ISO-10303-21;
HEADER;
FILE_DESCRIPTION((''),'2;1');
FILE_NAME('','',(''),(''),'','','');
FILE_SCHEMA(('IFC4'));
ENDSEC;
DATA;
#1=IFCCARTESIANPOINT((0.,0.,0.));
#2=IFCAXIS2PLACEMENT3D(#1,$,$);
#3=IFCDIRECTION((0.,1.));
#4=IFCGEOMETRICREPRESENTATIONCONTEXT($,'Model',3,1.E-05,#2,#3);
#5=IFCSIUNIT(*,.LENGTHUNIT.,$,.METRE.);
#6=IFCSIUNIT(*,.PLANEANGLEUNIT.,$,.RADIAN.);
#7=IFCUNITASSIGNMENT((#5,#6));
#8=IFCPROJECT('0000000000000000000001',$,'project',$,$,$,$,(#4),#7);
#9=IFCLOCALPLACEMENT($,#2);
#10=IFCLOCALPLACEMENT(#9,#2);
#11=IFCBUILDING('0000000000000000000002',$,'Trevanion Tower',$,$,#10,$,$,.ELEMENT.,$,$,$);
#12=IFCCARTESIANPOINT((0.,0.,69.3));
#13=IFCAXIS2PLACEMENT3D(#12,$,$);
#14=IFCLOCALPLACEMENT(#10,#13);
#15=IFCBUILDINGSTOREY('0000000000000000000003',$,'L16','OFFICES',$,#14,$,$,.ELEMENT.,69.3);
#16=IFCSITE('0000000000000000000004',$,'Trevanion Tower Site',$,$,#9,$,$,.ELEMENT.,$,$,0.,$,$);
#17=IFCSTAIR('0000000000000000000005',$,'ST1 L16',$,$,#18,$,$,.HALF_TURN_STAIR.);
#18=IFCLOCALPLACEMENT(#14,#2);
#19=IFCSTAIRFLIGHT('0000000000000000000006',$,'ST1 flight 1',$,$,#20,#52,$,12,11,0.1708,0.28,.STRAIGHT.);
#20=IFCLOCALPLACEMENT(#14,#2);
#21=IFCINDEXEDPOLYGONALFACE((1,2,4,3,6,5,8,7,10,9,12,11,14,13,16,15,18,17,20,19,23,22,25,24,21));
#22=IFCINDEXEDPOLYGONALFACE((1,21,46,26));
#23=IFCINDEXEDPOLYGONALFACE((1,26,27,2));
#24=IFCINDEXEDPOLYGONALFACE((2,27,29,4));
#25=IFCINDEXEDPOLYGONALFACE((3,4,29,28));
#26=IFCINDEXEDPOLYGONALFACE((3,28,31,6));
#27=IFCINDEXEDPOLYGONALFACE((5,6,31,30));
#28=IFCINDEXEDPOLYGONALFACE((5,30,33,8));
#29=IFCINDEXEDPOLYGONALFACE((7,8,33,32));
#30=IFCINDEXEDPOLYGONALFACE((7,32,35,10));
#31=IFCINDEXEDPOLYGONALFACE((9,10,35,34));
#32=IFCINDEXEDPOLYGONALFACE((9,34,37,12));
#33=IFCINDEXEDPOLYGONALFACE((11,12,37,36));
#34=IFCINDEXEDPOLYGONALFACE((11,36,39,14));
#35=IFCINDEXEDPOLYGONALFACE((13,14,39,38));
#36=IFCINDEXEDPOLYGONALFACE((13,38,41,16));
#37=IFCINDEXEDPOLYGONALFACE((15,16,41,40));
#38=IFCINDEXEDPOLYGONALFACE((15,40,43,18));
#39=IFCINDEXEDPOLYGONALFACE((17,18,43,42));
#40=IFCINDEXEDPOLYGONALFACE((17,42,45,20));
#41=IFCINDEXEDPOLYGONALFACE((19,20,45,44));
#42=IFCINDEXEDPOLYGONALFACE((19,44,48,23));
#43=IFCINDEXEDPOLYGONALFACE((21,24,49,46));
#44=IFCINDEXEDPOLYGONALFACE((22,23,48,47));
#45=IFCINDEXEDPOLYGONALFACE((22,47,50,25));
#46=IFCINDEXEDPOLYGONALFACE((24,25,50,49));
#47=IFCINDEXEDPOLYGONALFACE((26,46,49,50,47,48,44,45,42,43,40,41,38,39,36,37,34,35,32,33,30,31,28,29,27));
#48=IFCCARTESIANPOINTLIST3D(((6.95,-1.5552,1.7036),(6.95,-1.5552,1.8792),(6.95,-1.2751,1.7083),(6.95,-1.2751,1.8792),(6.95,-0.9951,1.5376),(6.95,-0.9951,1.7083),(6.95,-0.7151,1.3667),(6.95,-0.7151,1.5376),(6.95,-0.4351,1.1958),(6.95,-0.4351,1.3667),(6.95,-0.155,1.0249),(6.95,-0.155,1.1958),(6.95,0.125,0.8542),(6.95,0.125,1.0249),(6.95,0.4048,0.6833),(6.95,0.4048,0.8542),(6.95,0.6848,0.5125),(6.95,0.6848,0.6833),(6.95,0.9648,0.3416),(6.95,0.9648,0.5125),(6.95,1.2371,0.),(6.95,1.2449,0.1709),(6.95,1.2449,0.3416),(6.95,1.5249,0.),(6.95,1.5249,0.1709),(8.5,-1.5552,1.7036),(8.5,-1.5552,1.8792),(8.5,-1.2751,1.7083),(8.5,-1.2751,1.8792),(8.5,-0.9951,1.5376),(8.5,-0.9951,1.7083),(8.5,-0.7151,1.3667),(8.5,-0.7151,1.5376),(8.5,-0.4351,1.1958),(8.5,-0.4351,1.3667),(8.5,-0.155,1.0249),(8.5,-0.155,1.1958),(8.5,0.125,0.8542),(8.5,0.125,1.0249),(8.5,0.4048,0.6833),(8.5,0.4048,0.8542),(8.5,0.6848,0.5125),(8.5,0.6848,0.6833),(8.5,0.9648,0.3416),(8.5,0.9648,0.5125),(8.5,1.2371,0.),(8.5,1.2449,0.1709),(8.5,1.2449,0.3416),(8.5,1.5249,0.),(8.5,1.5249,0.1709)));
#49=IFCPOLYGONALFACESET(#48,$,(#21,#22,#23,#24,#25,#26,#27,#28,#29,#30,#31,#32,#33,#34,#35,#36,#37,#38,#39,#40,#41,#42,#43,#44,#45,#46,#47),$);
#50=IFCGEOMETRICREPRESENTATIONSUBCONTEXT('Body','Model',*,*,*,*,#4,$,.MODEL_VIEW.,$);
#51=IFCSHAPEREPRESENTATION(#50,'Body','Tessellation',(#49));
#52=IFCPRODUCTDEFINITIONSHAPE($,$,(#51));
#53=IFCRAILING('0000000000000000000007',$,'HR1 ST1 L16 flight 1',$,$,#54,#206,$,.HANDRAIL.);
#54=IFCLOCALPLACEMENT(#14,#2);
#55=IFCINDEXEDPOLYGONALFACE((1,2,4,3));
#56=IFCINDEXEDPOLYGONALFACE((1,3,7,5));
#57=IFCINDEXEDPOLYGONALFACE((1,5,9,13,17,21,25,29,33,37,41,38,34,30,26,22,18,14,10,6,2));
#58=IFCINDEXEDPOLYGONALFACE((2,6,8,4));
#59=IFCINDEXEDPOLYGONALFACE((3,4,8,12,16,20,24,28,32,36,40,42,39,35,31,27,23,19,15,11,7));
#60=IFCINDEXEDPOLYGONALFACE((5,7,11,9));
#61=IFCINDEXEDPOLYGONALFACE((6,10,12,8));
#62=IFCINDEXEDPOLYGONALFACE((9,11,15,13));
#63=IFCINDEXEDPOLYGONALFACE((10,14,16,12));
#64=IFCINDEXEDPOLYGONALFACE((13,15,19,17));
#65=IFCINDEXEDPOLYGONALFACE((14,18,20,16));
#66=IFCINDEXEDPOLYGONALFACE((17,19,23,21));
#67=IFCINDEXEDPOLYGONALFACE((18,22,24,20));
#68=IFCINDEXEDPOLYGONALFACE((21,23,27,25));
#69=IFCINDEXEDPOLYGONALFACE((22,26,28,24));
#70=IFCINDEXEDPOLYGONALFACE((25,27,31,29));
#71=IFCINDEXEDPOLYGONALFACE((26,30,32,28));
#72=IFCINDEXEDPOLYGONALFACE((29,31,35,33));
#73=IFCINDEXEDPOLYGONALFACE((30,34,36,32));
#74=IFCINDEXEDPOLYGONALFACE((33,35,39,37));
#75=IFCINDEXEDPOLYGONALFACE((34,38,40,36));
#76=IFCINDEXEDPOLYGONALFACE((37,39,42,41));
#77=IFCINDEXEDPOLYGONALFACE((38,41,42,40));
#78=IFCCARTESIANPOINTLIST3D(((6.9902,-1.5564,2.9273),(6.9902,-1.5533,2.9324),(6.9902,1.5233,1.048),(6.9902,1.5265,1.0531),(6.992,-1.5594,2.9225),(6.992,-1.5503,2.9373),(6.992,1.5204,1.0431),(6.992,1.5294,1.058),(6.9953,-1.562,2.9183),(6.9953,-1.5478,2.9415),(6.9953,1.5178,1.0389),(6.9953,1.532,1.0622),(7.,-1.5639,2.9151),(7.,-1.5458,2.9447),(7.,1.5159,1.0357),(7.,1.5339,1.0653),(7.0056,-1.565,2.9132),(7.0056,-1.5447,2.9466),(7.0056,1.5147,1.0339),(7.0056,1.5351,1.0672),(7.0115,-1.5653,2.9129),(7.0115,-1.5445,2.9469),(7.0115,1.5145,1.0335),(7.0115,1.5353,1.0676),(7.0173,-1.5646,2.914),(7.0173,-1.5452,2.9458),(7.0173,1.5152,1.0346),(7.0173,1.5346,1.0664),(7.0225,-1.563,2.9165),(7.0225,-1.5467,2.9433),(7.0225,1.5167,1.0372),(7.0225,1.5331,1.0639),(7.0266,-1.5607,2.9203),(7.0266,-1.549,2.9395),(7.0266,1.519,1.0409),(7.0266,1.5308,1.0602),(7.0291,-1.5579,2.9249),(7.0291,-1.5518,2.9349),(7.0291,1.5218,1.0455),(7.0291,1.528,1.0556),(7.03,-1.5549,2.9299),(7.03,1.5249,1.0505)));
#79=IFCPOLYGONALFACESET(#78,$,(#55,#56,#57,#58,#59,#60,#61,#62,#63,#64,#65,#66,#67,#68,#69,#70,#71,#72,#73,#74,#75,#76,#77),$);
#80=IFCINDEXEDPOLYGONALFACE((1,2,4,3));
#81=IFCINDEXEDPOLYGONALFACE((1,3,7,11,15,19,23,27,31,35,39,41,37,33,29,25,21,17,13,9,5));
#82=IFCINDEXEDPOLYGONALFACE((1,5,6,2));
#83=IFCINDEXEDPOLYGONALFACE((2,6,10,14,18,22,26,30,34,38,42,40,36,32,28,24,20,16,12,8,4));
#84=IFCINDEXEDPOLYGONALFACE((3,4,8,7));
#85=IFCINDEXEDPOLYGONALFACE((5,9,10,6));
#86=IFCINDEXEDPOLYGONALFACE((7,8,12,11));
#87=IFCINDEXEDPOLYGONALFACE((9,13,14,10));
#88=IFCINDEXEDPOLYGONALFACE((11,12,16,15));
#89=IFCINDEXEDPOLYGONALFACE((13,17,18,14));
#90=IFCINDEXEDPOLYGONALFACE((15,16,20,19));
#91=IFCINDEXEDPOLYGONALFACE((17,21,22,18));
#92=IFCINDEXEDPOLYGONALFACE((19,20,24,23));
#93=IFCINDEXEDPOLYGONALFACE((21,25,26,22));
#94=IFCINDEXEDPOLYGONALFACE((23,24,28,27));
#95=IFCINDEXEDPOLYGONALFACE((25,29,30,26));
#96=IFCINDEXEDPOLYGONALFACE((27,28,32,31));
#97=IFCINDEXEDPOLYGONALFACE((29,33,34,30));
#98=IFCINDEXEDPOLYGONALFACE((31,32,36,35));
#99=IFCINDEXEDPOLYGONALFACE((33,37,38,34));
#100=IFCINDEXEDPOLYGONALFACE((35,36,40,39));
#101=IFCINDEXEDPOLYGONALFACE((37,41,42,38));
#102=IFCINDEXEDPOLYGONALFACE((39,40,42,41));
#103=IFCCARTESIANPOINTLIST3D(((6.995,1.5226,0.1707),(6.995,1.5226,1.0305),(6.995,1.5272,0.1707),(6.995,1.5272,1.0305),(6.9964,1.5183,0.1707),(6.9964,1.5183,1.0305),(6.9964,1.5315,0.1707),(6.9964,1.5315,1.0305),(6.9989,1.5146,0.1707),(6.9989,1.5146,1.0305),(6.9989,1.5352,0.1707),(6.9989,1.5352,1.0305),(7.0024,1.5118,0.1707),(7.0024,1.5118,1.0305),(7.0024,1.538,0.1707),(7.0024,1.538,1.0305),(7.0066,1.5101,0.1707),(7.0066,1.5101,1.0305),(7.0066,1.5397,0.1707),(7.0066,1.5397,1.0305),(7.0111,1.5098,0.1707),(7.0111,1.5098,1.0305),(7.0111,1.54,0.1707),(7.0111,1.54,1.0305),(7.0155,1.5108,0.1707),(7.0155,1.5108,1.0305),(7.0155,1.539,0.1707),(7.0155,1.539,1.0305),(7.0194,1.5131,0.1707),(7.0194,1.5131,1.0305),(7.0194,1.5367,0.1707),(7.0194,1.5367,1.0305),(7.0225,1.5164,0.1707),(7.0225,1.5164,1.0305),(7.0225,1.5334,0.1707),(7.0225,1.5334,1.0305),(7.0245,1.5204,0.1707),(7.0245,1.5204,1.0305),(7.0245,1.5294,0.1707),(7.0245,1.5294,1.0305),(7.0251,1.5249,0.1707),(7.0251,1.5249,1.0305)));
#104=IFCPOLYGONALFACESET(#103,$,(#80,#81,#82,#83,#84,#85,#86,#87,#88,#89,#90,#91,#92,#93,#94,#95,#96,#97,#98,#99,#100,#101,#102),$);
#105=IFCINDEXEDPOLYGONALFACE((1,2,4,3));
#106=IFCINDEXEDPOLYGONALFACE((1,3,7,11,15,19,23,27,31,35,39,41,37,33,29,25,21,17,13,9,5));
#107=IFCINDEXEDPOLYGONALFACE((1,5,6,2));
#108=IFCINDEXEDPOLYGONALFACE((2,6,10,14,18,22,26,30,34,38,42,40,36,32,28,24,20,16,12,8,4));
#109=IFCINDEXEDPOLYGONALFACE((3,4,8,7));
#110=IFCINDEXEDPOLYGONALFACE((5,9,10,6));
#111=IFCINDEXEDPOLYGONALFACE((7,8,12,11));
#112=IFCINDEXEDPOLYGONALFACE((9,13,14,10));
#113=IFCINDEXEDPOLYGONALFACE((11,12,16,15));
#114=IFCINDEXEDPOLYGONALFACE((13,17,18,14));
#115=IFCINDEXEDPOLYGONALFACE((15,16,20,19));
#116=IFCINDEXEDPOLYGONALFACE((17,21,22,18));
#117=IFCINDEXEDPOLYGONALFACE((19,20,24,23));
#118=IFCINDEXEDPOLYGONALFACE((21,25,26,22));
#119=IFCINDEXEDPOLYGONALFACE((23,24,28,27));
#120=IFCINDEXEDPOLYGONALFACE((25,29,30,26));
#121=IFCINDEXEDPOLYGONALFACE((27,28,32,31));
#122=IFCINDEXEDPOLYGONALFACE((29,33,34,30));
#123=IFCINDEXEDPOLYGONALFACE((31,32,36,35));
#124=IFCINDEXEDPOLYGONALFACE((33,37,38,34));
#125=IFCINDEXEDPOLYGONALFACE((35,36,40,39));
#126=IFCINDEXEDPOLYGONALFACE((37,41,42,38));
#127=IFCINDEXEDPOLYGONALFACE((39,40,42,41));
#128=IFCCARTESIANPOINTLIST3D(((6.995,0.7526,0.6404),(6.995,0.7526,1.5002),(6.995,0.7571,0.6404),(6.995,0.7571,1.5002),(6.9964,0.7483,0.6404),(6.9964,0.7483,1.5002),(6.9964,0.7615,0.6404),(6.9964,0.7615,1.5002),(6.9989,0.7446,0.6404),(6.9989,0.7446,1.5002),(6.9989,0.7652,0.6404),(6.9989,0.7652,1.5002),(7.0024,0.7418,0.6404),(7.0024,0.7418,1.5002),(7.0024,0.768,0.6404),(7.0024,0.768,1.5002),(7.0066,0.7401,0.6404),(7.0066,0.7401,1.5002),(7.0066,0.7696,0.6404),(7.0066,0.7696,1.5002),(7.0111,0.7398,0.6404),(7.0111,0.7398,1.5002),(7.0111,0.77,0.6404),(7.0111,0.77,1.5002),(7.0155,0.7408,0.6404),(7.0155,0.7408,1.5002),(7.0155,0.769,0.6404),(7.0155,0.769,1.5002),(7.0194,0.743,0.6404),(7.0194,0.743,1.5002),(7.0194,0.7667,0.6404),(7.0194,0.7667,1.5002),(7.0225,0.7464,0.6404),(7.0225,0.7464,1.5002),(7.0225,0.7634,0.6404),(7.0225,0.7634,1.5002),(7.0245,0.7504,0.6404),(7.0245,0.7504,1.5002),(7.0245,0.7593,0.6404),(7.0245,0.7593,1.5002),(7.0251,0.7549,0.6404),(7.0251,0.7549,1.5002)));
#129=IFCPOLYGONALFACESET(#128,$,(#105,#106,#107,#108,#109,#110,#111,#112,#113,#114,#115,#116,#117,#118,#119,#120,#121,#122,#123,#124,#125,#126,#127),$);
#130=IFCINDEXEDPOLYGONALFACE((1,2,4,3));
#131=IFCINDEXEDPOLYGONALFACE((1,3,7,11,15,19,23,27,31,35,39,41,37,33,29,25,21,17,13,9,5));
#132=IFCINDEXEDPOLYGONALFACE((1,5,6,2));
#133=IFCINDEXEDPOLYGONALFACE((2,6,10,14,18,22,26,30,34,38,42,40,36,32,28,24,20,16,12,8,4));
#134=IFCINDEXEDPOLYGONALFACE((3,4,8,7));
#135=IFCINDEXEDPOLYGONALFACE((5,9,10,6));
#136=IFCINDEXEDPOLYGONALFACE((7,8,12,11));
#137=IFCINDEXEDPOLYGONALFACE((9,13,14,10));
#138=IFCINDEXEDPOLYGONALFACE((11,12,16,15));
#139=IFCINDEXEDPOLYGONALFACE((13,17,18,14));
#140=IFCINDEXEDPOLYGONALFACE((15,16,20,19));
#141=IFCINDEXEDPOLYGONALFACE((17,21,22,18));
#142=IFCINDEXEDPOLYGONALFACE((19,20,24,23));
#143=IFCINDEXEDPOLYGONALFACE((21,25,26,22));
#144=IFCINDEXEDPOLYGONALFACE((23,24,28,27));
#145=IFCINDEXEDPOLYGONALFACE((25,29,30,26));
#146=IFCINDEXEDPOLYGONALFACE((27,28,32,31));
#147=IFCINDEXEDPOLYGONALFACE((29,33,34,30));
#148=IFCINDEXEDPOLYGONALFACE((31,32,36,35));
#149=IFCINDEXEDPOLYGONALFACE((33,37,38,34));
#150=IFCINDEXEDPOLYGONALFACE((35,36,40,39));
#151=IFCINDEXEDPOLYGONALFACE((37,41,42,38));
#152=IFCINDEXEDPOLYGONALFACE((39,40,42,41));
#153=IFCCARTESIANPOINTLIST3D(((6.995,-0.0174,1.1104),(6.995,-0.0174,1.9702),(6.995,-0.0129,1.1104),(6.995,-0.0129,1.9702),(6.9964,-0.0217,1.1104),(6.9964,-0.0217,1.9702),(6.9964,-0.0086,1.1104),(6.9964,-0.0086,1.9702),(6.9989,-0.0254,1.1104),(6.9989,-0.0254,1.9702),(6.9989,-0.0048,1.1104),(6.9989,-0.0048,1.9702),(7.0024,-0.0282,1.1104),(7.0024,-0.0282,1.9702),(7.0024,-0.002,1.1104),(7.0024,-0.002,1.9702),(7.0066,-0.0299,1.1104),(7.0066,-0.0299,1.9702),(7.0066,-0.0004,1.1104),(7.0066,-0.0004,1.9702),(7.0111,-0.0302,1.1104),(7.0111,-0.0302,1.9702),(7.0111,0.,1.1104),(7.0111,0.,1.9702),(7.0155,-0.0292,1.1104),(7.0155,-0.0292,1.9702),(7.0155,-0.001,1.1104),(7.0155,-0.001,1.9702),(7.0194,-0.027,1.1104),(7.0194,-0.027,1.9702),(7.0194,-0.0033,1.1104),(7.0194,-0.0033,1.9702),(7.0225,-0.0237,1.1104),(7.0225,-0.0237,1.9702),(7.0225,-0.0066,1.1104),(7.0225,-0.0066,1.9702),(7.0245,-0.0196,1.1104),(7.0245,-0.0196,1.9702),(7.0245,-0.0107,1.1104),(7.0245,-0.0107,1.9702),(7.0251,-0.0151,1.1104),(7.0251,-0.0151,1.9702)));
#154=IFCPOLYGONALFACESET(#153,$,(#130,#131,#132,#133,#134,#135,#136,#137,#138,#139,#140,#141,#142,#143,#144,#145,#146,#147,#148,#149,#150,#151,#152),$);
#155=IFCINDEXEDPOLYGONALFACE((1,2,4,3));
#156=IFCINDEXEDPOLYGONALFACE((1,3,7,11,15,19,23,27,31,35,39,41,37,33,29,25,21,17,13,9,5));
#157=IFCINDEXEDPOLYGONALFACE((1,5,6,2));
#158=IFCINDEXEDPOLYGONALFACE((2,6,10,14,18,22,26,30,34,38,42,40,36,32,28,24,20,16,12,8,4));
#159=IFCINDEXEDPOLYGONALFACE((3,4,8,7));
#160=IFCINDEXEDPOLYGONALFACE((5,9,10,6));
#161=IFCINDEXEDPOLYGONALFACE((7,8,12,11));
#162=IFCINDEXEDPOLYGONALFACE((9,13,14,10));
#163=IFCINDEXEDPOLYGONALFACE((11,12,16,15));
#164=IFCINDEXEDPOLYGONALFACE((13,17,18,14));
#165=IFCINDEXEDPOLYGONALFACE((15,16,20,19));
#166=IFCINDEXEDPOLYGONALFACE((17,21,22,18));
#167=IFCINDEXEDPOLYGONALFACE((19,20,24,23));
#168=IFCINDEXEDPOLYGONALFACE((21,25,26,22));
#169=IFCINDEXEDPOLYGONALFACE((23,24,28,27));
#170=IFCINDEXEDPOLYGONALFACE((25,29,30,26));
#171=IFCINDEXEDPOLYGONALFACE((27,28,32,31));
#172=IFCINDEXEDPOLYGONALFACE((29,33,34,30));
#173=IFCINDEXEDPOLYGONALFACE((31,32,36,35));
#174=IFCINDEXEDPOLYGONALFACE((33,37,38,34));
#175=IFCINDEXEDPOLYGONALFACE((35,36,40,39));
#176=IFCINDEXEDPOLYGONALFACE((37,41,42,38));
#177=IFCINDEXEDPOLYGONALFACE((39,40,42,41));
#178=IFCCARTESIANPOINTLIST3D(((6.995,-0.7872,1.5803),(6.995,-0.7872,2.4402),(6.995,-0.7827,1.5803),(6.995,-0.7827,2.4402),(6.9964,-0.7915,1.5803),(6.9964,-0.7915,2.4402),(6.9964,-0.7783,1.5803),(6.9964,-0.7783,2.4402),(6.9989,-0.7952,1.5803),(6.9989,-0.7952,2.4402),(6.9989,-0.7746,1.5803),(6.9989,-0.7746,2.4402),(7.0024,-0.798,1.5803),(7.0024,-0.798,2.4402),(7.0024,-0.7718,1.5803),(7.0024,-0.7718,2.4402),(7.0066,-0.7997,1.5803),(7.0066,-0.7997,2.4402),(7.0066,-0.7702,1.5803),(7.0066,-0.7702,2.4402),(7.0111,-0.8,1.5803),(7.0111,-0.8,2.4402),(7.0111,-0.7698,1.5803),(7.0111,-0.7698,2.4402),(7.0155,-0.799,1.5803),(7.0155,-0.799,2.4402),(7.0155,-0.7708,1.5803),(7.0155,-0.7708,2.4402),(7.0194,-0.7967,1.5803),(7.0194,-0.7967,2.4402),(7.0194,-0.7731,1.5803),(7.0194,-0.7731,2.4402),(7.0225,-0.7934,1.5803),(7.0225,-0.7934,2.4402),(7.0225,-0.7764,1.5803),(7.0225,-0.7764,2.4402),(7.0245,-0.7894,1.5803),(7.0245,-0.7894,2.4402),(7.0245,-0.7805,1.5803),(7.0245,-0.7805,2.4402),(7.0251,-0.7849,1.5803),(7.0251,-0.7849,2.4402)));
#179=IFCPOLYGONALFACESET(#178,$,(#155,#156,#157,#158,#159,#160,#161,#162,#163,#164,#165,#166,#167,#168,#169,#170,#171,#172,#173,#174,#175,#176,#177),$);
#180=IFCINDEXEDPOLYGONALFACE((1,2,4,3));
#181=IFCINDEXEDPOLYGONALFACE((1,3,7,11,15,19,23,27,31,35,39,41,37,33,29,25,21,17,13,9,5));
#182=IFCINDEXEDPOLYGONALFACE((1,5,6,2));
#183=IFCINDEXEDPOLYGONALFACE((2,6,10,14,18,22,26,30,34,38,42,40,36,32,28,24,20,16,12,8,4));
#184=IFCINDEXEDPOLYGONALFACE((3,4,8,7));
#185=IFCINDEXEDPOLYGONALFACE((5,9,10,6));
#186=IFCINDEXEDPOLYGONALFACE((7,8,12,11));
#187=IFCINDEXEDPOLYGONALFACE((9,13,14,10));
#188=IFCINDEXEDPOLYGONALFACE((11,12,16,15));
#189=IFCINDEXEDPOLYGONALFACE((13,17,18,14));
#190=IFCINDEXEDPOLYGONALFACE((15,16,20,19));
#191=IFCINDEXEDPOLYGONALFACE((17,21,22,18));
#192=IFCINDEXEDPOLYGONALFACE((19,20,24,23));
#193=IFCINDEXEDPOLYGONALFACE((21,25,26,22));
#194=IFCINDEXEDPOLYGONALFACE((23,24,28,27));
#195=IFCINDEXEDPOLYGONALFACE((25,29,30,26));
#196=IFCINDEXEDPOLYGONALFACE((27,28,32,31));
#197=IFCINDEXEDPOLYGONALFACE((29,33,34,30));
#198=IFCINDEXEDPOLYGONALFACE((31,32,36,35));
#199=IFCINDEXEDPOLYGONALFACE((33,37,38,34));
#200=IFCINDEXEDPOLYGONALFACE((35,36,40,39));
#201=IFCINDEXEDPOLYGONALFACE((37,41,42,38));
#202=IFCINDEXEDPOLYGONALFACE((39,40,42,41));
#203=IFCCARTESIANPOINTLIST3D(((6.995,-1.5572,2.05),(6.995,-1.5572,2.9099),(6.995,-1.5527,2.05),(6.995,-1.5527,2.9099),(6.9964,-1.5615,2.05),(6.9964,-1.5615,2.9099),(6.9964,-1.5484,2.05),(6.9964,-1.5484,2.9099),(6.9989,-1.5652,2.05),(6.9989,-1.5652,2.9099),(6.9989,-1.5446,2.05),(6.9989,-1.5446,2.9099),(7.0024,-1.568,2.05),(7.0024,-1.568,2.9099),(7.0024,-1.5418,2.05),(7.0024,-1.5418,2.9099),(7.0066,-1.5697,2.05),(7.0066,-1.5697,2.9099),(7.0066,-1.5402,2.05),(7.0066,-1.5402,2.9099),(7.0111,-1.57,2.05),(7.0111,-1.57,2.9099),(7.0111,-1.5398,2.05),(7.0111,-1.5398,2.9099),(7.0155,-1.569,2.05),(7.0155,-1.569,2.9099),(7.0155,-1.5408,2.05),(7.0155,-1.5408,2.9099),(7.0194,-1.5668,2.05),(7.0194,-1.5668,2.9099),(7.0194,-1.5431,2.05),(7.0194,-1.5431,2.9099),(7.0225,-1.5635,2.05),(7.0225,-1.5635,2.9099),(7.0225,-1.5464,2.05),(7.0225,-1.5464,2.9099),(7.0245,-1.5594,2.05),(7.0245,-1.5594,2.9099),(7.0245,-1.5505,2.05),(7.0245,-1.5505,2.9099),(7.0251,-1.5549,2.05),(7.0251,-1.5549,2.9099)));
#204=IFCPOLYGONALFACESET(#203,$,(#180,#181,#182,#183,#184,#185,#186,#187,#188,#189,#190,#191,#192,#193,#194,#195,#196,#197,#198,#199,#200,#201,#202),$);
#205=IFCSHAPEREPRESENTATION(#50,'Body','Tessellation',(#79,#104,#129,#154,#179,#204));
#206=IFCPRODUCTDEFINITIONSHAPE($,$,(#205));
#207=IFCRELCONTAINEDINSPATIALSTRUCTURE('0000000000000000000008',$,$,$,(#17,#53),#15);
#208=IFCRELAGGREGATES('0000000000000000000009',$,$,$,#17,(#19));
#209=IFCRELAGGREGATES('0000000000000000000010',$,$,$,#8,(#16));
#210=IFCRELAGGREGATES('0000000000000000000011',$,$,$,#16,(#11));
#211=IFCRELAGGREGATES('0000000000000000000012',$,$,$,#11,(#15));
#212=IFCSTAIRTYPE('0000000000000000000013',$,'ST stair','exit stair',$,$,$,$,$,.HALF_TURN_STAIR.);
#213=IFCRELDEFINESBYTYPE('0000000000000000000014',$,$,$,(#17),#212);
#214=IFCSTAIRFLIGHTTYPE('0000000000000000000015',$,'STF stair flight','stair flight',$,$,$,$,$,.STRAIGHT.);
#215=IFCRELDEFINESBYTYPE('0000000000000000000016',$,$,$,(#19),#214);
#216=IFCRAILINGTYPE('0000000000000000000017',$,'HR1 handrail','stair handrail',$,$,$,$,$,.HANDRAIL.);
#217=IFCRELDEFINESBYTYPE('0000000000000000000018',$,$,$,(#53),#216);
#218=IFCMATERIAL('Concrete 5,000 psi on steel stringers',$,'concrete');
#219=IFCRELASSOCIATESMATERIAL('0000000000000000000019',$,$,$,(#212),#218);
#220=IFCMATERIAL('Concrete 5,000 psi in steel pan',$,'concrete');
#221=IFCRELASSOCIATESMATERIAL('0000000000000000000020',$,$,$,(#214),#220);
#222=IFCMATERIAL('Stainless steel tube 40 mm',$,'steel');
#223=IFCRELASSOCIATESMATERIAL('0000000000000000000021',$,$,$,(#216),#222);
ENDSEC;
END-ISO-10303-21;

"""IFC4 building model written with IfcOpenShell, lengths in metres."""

from ifc_helpers import new_model, si_unit, direction, frame, origin, origin_2d, place, context, subcontext, project, spatial, polyline, circle, outline, extrude, material, type_object, element, aggregate, save


model = new_model("IFC4")

# Units and contexts
model_context = context("Model", 3, precision=1e-05, world=origin(), true_north=direction((0.0, 1.0)))
body_context = subcontext(model_context, "Body", "Model", "MODEL_VIEW")
ifc_project = project(units=[si_unit("LENGTHUNIT", "METRE"), si_unit("PLANEANGLEUNIT", "RADIAN")], contexts=[model_context])

# Site, building, storey
site_placement = place(None, origin())
site = spatial("IfcSite", under=ifc_project, at=site_placement, Name="Trevanion Tower Site", CompositionType="ELEMENT", RefElevation=0.0)
building_placement = place(site_placement, origin())
building = spatial("IfcBuilding", under=site, at=building_placement, Name="Trevanion Tower", CompositionType="ELEMENT")
storey_placement = place(building_placement, frame((0.0, 0.0, 69.3)))
storey = spatial("IfcBuildingStorey", under=building, at=storey_placement, Name="L16", Description="OFFICES", CompositionType="ELEMENT", Elevation=69.3)

# Stair, stair flight
ifc_material_1 = material(Name="Concrete 5,000 psi on steel stringers", Category="concrete")
stair_type = type_object("IfcStairType", Name="ST stair", Description="exit stair", PredefinedType="HALF_TURN_STAIR", material=ifc_material_1)
stair_placement = place(storey_placement, origin())
stair = element("IfcStair", 1, at=stair_placement, inside=storey, type_object=stair_type, Name="ST1 L16", PredefinedType="HALF_TURN_STAIR")
ifc_material_2 = material(Name="Concrete 5,000 psi in steel pan", Category="concrete")
stair_flight_type = type_object("IfcStairFlightType", Name="STF stair flight", Description="stair flight", PredefinedType="STRAIGHT", material=ifc_material_2)
stair_flight_placement = place(storey_placement, frame((7.7251, 1.5249, 0.0), z_axis=(0.0, 0.0, 1.0), x_axis=(0.0, -1.0, 0.0)))
stair_flight = element("IfcStairFlight", 2, at=stair_flight_placement, type_object=stair_flight_type, Name="ST1 flight 1", NumberOfRisers=12, NumberOfTreads=11, PredefinedType="STRAIGHT", RiserHeight=0.1708, TreadLength=0.28, context=body_context, shape_type="SweptSolid", body=[
    extrude(outline(polyline([(0.0, 0.0), (0.0, 0.1709), (0.28, 0.1709), (0.28, 0.3416), (0.5601, 0.3416), (0.5601, 0.5125), (0.8401, 0.5125), (0.8401, 0.6833), (1.1201, 0.6833), (1.1201, 0.8542), (1.3999, 0.8542), (1.3999, 1.0249), (1.6799, 1.0249), (1.6799, 1.1958), (1.96, 1.1958), (1.96, 1.3667), (2.24, 1.3667), (2.24, 1.5376), (2.52, 1.5376), (2.52, 1.7083), (2.8, 1.7083), (2.8, 1.8792), (3.0801, 1.8792), (3.0801, 2.05), (3.0801, 1.7036), (0.2878, 0.0), (0.0, 0.0)])), frame((0.0, 0.7749, 0.0), z_axis=(0.0, -1.0, 0.0), x_axis=(1.0, 0.0, 0.0)), (0.0, 0.0, 1.0), 1.55),
])
aggregate(stair, [stair_flight])

# Railing
ifc_material_3 = material(Name="Stainless steel tube 40 mm", Category="steel")
railing_type = type_object("IfcRailingType", Name="HR1 handrail", Description="stair handrail", PredefinedType="HANDRAIL", material=ifc_material_3)
for number, where, name in (
    (3, (7.01, 1.5249, 0.1707), "HR1 ST1 L16 flight 1"),
):
    element("IfcRailing", number, at=place(storey_placement, frame(where)), inside=storey, type_object=railing_type, Name=name, PredefinedType="HANDRAIL", context=body_context, shape_type="SweptSolid", body=[
        extrude(circle(Radius=0.02, at=origin_2d()), frame((0.0, 0.0, 0.8799), z_axis=(0.0, -0.853618, 0.5209), x_axis=(1.0, 0.0, 0.0)), (0.0, 0.0, 1.0), 3.6079),
        extrude(circle(Radius=0.0151, at=origin_2d()), origin(), (0.0, 0.0, 1.0), 0.8599),
        extrude(circle(Radius=0.0151, at=origin_2d()), frame((0.0, -0.77, 0.4697)), (0.0, 0.0, 1.0), 0.8599),
        extrude(circle(Radius=0.0151, at=origin_2d()), frame((0.0, -1.54, 0.9397)), (0.0, 0.0, 1.0), 0.8599),
        extrude(circle(Radius=0.0151, at=origin_2d()), frame((0.0, -2.3098, 1.4097)), (0.0, 0.0, 1.0), 0.8599),
        extrude(circle(Radius=0.0151, at=origin_2d()), frame((0.0, -3.0798, 1.8794)), (0.0, 0.0, 1.0), 0.8599),
    ])

save(model, "model.ifc")
